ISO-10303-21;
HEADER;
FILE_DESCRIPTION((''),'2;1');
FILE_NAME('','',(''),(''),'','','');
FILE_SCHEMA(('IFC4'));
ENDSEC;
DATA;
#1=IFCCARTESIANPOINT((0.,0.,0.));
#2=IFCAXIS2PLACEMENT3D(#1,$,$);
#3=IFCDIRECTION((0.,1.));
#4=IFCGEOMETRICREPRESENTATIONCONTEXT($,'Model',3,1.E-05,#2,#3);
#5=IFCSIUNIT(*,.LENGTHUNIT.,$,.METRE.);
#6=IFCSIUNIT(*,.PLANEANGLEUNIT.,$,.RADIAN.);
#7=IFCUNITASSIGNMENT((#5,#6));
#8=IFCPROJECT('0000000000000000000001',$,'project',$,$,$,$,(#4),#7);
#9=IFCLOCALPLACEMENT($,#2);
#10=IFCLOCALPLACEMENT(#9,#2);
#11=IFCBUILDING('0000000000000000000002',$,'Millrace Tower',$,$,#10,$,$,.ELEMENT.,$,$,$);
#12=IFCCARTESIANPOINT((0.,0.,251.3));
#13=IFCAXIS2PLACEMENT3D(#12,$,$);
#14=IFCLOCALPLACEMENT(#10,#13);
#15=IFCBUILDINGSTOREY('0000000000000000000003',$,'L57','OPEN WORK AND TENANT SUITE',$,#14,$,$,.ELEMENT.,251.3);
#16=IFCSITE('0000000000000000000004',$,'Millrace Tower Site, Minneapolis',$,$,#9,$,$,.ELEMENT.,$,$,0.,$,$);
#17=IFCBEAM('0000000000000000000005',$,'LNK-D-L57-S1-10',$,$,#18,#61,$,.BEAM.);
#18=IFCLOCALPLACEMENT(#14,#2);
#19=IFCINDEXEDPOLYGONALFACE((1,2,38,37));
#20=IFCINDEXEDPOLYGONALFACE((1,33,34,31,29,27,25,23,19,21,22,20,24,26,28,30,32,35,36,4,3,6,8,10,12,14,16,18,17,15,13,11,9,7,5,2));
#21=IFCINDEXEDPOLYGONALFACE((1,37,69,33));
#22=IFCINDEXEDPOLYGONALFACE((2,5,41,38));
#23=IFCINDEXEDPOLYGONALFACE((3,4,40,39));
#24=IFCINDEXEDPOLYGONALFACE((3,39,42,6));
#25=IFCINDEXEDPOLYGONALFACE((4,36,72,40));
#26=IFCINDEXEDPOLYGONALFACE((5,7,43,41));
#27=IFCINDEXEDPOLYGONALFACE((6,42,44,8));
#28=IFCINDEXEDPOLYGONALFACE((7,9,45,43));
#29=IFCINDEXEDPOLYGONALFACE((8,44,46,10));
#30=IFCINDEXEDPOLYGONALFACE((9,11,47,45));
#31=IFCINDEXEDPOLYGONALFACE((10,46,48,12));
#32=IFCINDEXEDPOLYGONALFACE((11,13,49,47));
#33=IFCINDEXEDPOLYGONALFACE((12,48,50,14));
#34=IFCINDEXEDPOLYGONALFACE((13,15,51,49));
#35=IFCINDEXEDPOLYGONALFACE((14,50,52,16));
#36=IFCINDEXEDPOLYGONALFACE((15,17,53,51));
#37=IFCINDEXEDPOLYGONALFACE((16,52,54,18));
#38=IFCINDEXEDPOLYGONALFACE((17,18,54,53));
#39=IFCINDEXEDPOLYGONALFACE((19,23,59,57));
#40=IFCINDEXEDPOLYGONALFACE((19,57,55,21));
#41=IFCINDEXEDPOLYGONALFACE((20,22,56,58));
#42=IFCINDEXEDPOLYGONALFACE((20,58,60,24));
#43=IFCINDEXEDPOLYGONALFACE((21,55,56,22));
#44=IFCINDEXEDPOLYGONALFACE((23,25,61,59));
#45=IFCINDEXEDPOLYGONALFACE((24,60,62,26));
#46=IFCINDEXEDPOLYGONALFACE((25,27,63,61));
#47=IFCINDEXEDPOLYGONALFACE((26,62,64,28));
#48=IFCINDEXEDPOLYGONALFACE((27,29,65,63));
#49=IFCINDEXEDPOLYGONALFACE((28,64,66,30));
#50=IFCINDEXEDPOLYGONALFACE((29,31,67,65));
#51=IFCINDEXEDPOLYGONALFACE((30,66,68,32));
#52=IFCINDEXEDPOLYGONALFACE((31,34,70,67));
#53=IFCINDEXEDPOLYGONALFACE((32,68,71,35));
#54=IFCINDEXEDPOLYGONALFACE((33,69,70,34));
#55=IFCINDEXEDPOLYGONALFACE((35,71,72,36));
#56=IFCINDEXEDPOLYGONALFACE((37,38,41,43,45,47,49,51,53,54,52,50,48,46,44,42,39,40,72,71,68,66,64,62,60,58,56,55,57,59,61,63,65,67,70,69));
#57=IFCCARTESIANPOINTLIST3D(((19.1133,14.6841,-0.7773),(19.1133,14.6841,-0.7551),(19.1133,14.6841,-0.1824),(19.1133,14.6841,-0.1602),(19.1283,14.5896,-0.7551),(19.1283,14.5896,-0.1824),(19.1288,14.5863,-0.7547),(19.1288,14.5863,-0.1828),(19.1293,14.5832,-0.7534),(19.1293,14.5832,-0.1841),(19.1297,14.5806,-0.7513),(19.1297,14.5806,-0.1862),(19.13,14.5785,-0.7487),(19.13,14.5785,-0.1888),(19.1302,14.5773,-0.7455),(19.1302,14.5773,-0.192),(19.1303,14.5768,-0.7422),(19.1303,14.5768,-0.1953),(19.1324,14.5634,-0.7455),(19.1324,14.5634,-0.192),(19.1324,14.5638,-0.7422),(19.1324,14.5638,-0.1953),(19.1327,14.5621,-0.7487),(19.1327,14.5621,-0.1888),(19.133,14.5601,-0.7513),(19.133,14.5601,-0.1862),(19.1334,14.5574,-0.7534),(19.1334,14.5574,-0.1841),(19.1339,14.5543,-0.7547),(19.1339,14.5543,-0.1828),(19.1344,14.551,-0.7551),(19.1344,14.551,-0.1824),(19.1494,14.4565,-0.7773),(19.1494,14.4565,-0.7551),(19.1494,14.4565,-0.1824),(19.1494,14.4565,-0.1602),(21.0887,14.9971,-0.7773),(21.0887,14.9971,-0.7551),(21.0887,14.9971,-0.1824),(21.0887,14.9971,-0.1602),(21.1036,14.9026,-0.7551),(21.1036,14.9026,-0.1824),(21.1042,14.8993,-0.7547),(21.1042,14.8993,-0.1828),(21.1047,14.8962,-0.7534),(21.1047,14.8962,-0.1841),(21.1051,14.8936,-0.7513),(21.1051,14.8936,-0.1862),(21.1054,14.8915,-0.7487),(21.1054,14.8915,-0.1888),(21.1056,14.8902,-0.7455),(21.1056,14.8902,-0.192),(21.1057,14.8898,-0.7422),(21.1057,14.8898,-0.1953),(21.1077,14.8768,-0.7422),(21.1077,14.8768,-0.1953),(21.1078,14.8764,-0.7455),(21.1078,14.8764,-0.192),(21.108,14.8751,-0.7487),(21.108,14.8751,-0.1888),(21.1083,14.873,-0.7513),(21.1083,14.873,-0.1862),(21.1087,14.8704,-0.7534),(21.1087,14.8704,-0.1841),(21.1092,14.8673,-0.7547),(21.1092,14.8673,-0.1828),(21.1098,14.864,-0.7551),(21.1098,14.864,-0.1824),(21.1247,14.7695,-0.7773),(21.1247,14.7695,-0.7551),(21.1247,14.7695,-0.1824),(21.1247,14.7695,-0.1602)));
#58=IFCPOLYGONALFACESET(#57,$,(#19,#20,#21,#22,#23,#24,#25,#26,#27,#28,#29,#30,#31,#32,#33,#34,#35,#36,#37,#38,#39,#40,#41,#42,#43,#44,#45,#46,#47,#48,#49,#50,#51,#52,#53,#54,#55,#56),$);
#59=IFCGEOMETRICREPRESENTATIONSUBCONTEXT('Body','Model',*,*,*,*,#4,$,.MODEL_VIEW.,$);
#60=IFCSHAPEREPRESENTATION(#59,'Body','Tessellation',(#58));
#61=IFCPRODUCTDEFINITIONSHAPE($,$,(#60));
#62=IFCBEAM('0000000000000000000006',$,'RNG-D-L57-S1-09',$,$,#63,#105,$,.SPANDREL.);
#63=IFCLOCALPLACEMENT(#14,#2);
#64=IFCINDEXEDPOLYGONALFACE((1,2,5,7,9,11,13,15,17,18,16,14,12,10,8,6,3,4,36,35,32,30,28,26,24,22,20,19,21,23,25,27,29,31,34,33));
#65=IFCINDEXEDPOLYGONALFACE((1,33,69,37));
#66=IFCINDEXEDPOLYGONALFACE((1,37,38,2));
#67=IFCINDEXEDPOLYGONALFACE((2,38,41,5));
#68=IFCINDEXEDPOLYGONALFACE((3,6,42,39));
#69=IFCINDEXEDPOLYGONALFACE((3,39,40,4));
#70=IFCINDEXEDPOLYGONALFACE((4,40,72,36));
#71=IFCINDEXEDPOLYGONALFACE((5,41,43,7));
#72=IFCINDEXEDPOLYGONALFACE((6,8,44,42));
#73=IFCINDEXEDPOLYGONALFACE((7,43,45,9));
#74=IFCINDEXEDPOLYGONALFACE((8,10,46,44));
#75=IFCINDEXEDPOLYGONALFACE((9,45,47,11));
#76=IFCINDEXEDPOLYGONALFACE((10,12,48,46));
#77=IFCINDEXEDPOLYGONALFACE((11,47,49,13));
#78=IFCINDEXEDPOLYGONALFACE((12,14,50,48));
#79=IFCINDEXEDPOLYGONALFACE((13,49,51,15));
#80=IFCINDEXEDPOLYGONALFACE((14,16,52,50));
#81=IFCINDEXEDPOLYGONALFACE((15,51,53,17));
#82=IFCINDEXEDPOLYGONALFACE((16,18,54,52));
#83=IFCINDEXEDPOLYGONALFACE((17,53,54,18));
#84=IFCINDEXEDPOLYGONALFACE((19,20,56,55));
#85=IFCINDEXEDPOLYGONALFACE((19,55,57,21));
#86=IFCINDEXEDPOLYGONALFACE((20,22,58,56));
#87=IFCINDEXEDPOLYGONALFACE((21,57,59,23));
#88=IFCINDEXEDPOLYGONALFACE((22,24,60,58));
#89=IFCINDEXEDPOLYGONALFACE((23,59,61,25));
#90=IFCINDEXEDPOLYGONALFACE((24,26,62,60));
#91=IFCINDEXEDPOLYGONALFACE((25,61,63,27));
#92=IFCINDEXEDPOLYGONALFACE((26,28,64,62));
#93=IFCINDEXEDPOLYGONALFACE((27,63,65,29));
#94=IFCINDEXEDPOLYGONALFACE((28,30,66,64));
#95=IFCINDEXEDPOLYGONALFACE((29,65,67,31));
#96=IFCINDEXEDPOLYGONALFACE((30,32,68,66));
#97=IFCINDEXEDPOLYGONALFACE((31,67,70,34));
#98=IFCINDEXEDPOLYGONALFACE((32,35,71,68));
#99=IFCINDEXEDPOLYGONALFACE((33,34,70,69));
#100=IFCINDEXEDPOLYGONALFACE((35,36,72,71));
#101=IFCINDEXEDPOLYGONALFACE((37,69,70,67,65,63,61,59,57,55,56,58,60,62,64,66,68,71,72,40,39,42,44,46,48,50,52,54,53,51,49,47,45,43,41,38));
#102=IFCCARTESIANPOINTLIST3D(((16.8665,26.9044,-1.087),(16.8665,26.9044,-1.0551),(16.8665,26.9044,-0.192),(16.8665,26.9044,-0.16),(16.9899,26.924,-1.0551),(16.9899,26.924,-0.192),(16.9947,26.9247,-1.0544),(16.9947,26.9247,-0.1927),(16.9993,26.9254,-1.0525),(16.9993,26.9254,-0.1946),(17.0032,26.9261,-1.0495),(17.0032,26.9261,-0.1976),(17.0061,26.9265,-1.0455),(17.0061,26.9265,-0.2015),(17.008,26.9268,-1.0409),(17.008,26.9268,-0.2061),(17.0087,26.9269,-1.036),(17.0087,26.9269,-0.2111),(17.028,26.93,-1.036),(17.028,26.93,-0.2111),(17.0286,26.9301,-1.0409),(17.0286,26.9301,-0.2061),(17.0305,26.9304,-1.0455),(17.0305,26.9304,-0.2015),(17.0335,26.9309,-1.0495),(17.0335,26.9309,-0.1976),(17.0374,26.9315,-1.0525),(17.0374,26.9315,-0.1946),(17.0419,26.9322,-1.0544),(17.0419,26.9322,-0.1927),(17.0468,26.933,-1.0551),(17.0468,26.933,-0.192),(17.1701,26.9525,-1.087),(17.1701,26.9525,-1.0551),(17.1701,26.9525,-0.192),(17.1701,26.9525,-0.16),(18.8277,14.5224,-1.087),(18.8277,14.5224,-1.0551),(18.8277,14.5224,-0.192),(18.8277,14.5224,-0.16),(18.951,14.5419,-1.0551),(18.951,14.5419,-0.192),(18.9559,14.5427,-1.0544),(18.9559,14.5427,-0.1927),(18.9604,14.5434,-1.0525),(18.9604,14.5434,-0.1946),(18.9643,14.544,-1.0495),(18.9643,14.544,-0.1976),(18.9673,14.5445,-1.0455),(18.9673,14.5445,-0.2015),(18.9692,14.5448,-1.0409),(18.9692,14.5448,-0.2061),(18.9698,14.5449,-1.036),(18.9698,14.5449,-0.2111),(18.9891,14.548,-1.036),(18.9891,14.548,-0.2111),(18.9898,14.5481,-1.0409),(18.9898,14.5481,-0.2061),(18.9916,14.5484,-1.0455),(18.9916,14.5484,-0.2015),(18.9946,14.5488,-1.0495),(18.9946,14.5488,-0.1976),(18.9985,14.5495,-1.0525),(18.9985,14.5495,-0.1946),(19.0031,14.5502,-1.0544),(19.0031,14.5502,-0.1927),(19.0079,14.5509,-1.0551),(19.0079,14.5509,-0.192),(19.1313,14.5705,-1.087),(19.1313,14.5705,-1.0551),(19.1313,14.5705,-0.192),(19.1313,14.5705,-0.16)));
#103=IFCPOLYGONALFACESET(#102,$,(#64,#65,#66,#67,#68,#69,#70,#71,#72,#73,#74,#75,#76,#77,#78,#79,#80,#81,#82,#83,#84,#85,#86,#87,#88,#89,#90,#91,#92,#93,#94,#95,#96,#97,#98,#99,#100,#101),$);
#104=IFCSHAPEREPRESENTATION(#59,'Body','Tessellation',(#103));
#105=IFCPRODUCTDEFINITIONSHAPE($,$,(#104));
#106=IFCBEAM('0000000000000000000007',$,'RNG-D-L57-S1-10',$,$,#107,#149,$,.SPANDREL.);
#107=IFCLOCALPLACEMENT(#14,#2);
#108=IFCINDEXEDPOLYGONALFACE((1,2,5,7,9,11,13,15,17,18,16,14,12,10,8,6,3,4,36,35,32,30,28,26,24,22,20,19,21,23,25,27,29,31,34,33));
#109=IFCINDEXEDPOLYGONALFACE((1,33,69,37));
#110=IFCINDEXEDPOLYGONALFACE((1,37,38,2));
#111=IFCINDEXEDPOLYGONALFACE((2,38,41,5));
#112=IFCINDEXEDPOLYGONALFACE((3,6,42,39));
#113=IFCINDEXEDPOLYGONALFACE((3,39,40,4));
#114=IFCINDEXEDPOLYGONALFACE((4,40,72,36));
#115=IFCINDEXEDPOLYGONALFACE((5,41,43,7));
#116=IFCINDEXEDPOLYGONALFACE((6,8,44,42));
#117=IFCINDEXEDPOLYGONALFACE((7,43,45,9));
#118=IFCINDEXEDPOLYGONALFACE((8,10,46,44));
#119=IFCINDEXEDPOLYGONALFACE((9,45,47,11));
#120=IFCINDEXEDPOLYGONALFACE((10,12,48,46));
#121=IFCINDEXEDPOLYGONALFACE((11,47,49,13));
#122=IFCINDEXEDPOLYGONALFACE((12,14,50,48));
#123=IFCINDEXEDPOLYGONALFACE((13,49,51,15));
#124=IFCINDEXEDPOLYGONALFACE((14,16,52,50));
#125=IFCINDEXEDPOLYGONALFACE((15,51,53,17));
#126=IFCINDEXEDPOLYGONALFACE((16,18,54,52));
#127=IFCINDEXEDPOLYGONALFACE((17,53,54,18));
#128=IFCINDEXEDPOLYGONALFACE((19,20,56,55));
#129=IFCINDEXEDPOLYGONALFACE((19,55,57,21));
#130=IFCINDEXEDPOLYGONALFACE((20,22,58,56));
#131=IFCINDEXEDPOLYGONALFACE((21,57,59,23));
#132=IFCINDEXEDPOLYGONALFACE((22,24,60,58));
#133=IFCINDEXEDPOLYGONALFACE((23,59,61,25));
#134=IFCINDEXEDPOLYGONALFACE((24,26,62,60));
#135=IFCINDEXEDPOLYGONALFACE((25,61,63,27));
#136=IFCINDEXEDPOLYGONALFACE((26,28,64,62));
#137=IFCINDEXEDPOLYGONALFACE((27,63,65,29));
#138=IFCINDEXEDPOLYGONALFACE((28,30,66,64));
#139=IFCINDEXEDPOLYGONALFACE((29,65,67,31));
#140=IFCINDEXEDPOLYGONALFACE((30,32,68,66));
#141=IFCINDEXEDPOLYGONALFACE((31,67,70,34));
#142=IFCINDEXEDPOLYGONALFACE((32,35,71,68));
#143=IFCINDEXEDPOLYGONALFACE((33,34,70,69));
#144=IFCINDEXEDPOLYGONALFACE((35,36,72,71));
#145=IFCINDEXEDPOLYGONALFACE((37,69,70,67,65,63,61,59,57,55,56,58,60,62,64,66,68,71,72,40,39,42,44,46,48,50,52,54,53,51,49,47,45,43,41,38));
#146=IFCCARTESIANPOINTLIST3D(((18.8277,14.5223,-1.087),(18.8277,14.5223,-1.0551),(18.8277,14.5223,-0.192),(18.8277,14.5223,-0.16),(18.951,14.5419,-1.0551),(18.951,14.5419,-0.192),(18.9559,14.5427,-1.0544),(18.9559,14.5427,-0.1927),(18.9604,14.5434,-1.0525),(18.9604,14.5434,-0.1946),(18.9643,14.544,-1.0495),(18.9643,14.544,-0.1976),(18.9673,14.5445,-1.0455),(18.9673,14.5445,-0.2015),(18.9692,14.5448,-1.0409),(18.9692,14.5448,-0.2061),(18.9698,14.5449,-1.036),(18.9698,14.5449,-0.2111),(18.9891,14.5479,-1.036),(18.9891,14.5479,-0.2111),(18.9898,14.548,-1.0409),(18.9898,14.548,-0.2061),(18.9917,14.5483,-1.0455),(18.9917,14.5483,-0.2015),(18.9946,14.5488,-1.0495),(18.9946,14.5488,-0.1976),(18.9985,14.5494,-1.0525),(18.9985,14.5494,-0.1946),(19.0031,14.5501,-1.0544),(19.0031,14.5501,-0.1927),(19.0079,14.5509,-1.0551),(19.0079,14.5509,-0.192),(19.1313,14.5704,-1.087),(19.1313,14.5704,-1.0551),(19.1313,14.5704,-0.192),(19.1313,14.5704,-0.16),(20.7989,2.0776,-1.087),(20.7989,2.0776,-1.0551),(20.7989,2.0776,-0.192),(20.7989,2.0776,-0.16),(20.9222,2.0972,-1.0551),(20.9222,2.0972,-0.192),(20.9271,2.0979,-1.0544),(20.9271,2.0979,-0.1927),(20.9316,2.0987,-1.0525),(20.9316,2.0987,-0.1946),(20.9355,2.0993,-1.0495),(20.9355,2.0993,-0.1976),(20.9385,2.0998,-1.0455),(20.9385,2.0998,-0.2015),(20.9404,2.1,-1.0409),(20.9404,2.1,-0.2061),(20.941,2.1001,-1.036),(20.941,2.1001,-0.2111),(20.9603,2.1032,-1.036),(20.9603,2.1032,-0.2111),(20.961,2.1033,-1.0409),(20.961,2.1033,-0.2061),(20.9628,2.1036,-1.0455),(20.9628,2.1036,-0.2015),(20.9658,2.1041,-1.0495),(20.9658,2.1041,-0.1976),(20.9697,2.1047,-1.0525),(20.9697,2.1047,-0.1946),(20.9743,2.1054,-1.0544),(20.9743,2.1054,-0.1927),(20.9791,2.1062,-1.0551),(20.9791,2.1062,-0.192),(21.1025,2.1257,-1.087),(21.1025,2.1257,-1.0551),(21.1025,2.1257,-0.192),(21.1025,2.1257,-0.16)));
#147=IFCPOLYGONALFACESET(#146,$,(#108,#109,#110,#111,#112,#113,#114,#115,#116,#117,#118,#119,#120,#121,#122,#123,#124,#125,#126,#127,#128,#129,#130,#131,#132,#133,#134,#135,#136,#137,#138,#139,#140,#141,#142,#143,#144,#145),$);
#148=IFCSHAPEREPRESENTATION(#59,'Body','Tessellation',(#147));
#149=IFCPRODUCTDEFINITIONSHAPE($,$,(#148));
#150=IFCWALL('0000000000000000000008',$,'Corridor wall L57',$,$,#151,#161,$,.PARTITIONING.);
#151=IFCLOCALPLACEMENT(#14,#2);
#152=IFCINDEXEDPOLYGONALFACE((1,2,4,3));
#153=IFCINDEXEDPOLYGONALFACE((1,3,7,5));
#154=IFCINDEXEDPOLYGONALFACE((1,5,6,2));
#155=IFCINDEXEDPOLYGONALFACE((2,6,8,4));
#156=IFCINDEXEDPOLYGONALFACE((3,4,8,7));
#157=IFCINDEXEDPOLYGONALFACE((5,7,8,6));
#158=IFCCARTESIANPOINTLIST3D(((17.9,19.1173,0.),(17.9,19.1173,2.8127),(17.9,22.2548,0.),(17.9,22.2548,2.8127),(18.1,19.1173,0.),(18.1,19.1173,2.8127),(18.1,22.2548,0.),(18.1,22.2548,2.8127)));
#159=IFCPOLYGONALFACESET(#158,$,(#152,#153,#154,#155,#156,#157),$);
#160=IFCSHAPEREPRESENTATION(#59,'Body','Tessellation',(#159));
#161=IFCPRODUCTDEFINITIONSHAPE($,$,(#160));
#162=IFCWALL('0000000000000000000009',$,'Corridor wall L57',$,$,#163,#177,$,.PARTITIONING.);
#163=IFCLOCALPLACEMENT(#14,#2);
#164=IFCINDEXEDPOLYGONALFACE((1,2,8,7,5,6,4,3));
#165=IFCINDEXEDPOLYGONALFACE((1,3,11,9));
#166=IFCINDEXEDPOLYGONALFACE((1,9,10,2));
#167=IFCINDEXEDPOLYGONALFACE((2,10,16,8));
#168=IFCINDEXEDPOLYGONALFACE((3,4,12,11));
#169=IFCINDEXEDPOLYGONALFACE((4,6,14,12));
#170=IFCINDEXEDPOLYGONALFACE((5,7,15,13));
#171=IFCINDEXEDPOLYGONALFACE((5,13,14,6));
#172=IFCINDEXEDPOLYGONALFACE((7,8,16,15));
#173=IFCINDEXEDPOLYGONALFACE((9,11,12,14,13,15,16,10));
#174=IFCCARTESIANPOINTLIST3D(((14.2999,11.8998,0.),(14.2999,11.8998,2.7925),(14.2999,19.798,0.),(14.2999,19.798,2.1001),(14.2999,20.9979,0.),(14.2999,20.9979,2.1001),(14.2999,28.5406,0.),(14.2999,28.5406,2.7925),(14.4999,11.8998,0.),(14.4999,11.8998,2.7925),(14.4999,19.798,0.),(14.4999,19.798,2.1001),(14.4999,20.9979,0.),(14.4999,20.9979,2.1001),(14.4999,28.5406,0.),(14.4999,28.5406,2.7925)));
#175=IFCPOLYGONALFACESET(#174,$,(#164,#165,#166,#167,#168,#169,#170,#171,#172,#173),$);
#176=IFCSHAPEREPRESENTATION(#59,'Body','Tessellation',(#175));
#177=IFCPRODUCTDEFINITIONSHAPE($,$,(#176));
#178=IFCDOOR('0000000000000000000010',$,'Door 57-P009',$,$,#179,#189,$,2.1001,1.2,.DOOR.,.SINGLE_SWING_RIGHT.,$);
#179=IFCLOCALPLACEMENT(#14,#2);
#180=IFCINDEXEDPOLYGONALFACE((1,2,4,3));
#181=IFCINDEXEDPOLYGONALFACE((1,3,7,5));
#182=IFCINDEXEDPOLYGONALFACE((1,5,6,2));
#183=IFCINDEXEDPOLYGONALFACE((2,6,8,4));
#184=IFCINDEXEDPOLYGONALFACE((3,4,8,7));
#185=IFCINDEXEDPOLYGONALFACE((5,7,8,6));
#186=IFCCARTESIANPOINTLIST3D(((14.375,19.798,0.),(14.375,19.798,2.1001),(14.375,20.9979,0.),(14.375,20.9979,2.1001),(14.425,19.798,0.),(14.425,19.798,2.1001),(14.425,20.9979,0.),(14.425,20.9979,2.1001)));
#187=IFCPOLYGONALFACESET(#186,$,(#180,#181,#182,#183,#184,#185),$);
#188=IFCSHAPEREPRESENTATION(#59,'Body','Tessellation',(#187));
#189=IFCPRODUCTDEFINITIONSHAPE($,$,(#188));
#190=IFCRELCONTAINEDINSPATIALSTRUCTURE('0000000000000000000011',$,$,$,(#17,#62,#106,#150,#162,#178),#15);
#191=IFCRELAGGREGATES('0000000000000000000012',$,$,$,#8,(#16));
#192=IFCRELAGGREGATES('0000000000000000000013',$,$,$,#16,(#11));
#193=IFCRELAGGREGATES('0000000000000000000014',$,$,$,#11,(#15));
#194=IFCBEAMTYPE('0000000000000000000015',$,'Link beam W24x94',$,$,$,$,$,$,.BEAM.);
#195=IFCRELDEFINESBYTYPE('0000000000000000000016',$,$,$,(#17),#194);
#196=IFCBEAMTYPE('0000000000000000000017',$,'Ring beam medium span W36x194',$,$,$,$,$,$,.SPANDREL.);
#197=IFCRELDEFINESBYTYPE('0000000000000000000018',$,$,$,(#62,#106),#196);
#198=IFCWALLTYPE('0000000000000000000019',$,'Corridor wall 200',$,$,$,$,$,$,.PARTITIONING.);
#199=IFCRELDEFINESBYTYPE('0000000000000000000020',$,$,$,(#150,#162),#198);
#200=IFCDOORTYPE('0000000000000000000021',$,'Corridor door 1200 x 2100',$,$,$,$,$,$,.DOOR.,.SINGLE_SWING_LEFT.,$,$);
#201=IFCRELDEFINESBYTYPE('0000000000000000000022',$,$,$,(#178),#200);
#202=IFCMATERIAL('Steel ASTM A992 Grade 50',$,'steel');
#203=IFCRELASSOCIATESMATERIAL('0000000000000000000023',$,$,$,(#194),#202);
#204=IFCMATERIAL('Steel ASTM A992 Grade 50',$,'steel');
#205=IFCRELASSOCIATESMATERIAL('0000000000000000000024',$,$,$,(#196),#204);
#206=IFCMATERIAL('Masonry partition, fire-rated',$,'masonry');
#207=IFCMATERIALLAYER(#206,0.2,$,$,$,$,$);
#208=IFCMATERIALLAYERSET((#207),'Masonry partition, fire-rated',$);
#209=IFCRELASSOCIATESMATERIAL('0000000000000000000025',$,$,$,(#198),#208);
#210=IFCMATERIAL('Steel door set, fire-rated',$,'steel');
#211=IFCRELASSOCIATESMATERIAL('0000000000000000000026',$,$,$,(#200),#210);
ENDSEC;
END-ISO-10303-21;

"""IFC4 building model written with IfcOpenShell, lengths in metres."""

from ifc_helpers import new_model, si_unit, direction, frame, frame_2d, origin, origin_2d, place, context, subcontext, project, spatial, rectangle, i_section, extrude, material, layer, layer_set, material_profile, profile_set, type_object, element, fill, save


model = new_model("IFC4")

# Units and contexts
model_context = context("Model", 3, precision=1e-05, world=origin(), true_north=direction((0.0, 1.0)))
body_context = subcontext(model_context, "Body", "Model", "MODEL_VIEW")
ifc_project = project(units=[si_unit("LENGTHUNIT", "METRE"), si_unit("PLANEANGLEUNIT", "RADIAN")], contexts=[model_context])

# Site, building, storey
site_placement = place(None, origin())
site = spatial("IfcSite", under=ifc_project, at=site_placement, Name="Millrace Tower Site, Minneapolis", CompositionType="ELEMENT", RefElevation=0.0)
building_placement = place(site_placement, origin())
building = spatial("IfcBuilding", under=site, at=building_placement, Name="Millrace Tower", CompositionType="ELEMENT")
storey_placement = place(building_placement, frame((0.0, 0.0, 251.3)))
storey = spatial("IfcBuildingStorey", under=building, at=storey_placement, Name="L57", Description="OPEN WORK AND TENANT SUITE", CompositionType="ELEMENT", Elevation=251.3)

# Beams
ifc_material_1 = material(Name="Steel ASTM A992 Grade 50", Category="steel")
ifc_material_profile_1 = material_profile(ifc_material_1, i_section(OverallWidth=0.2305, OverallDepth=0.6172, WebThickness=0.0132, FlangeThickness=0.0222, FilletRadius=0.0129, at=origin_2d()))
ifc_profile_set_1 = profile_set([ifc_material_profile_1], Name="Steel ASTM A992 Grade 50")
beam_type_1 = type_object("IfcBeamType", Name="Link beam W24x94", PredefinedType="BEAM", material=ifc_profile_set_1)
beam_1_placement = place(storey_placement, frame((19.1313, 14.5703, -0.4688), z_axis=(0.987679, 0.156495, 0.0), x_axis=(-0.156495, 0.987679, 0.0)))
element("IfcBeam", 1, at=beam_1_placement, inside=storey, type_object=beam_type_1, Name="LNK-D-L57-S1-10", PredefinedType="BEAM", context=body_context, shape_type="SweptSolid", body=[
    extrude(i_section(OverallWidth=0.2305, OverallDepth=0.6172, WebThickness=0.0132, FlangeThickness=0.0222, FilletRadius=0.0129, at=origin_2d()), origin(), (0.0, 0.0, 1.0), 2.0),
])
ifc_material_2 = material(Name="Steel ASTM A992 Grade 50", Category="steel")
ifc_material_profile_2 = material_profile(ifc_material_2, i_section(OverallWidth=0.3074, OverallDepth=0.927, WebThickness=0.0195, FlangeThickness=0.032, FilletRadius=0.019, at=origin_2d()))
ifc_profile_set_2 = profile_set([ifc_material_profile_2], Name="Steel ASTM A992 Grade 50")
beam_type_2 = type_object("IfcBeamType", Name="Ring beam medium span W36x194", PredefinedType="SPANDREL", material=ifc_profile_set_2)
beam_2_placement = place(storey_placement, frame((17.0183, 26.9285, -0.6235), z_axis=(0.156439, -0.987688, 0.0), x_axis=(0.987688, 0.156439, 0.0)))
element("IfcBeam", 2, at=beam_2_placement, inside=storey, type_object=beam_type_2, Name="RNG-D-L57-S1-09", PredefinedType="SPANDREL", context=body_context, shape_type="SweptSolid", body=[
    extrude(i_section(OverallWidth=0.3074, OverallDepth=0.927, WebThickness=0.0195, FlangeThickness=0.032, FilletRadius=0.019, at=origin_2d()), origin(), (0.0, 0.0, 1.0), 12.5364),
])
beam_3_placement = place(storey_placement, frame((18.9795, 14.5464, -0.6235), z_axis=(0.156444, -0.987687, 0.0), x_axis=(0.987687, 0.156444, 0.0)))
element("IfcBeam", 3, at=beam_3_placement, inside=storey, type_object=beam_type_2, Name="RNG-D-L57-S1-10", PredefinedType="SPANDREL", context=body_context, shape_type="SweptSolid", body=[
    extrude(i_section(OverallWidth=0.3074, OverallDepth=0.927, WebThickness=0.0195, FlangeThickness=0.032, FilletRadius=0.019, at=origin_2d()), origin(), (0.0, 0.0, 1.0), 12.5999),
])

# Wall
ifc_material_3 = material(Name="Masonry partition, fire-rated", Category="masonry")
ifc_layer_1 = layer(ifc_material_3, 0.2)
ifc_layer_set_1 = layer_set([ifc_layer_1], Name="Masonry partition, fire-rated")
wall_type_1 = type_object("IfcWallType", Name="Corridor wall 200", PredefinedType="PARTITIONING", material=ifc_layer_set_1)
wall_1_placement = place(storey_placement, frame((18.0, 19.1172, 0.0), z_axis=(0.0, 0.0, 1.0), x_axis=(0.0, 1.0, 0.0)))
element("IfcWall", 4, at=wall_1_placement, inside=storey, type_object=wall_type_1, Name="Corridor wall L57", PredefinedType="PARTITIONING", context=body_context, shape_type="SweptSolid", body=[
    extrude(rectangle(XDim=3.1375, YDim=0.2, at=frame_2d((1.5688, 0.0))), origin(), (0.0, 0.0, 1.0), 2.8127),
])

# Wall, opening, door
wall_2_placement = place(storey_placement, frame((14.3999, 11.8999, 0.0), z_axis=(0.0, 0.0, 1.0), x_axis=(0.0, 1.0, 0.0)))
wall_2 = element("IfcWall", 5, at=wall_2_placement, inside=storey, type_object=wall_type_1, Name="Corridor wall L57", PredefinedType="PARTITIONING", context=body_context, shape_type="SweptSolid", body=[
    extrude(rectangle(XDim=16.6409, YDim=0.2, at=frame_2d((8.3203, 0.0))), origin(), (0.0, 0.0, 1.0), 2.7925),
])
opening_placement = place(wall_2_placement, frame((7.8979, 0.0, 0.0)))
opening = element("IfcOpeningElement", 6, at=opening_placement, cuts=wall_2, PredefinedType="OPENING", context=body_context, shape_type="SweptSolid", body=[
    extrude(rectangle(XDim=1.2, YDim=2.1001, at=frame_2d((0.6001, 1.05))), frame((0.0, 0.1099, 0.0), z_axis=(0.0, -1.0, 0.0), x_axis=(1.0, 0.0, 0.0)), (0.0, 0.0, 1.0), 0.22),
])
ifc_material_4 = material(Name="Steel door set, fire-rated", Category="steel")
door_type = type_object("IfcDoorType", Name="Corridor door 1200 x 2100", OperationType="SINGLE_SWING_LEFT", PredefinedType="DOOR", material=ifc_material_4)
door_placement = place(opening_placement, origin())
door = element("IfcDoor", 7, at=door_placement, inside=storey, type_object=door_type, Name="Door 57-P009", OperationType="SINGLE_SWING_RIGHT", OverallHeight=2.1001, OverallWidth=1.2, PredefinedType="DOOR", context=body_context, shape_type="SweptSolid", body=[
    extrude(rectangle(XDim=1.2, YDim=2.1001, at=frame_2d((0.6001, 1.05))), frame((0.0, 0.0249, 0.0), z_axis=(0.0, -1.0, 0.0), x_axis=(1.0, 0.0, 0.0)), (0.0, 0.0, 1.0), 0.05),
])
fill(opening, door)

save(model, "model.ifc")
